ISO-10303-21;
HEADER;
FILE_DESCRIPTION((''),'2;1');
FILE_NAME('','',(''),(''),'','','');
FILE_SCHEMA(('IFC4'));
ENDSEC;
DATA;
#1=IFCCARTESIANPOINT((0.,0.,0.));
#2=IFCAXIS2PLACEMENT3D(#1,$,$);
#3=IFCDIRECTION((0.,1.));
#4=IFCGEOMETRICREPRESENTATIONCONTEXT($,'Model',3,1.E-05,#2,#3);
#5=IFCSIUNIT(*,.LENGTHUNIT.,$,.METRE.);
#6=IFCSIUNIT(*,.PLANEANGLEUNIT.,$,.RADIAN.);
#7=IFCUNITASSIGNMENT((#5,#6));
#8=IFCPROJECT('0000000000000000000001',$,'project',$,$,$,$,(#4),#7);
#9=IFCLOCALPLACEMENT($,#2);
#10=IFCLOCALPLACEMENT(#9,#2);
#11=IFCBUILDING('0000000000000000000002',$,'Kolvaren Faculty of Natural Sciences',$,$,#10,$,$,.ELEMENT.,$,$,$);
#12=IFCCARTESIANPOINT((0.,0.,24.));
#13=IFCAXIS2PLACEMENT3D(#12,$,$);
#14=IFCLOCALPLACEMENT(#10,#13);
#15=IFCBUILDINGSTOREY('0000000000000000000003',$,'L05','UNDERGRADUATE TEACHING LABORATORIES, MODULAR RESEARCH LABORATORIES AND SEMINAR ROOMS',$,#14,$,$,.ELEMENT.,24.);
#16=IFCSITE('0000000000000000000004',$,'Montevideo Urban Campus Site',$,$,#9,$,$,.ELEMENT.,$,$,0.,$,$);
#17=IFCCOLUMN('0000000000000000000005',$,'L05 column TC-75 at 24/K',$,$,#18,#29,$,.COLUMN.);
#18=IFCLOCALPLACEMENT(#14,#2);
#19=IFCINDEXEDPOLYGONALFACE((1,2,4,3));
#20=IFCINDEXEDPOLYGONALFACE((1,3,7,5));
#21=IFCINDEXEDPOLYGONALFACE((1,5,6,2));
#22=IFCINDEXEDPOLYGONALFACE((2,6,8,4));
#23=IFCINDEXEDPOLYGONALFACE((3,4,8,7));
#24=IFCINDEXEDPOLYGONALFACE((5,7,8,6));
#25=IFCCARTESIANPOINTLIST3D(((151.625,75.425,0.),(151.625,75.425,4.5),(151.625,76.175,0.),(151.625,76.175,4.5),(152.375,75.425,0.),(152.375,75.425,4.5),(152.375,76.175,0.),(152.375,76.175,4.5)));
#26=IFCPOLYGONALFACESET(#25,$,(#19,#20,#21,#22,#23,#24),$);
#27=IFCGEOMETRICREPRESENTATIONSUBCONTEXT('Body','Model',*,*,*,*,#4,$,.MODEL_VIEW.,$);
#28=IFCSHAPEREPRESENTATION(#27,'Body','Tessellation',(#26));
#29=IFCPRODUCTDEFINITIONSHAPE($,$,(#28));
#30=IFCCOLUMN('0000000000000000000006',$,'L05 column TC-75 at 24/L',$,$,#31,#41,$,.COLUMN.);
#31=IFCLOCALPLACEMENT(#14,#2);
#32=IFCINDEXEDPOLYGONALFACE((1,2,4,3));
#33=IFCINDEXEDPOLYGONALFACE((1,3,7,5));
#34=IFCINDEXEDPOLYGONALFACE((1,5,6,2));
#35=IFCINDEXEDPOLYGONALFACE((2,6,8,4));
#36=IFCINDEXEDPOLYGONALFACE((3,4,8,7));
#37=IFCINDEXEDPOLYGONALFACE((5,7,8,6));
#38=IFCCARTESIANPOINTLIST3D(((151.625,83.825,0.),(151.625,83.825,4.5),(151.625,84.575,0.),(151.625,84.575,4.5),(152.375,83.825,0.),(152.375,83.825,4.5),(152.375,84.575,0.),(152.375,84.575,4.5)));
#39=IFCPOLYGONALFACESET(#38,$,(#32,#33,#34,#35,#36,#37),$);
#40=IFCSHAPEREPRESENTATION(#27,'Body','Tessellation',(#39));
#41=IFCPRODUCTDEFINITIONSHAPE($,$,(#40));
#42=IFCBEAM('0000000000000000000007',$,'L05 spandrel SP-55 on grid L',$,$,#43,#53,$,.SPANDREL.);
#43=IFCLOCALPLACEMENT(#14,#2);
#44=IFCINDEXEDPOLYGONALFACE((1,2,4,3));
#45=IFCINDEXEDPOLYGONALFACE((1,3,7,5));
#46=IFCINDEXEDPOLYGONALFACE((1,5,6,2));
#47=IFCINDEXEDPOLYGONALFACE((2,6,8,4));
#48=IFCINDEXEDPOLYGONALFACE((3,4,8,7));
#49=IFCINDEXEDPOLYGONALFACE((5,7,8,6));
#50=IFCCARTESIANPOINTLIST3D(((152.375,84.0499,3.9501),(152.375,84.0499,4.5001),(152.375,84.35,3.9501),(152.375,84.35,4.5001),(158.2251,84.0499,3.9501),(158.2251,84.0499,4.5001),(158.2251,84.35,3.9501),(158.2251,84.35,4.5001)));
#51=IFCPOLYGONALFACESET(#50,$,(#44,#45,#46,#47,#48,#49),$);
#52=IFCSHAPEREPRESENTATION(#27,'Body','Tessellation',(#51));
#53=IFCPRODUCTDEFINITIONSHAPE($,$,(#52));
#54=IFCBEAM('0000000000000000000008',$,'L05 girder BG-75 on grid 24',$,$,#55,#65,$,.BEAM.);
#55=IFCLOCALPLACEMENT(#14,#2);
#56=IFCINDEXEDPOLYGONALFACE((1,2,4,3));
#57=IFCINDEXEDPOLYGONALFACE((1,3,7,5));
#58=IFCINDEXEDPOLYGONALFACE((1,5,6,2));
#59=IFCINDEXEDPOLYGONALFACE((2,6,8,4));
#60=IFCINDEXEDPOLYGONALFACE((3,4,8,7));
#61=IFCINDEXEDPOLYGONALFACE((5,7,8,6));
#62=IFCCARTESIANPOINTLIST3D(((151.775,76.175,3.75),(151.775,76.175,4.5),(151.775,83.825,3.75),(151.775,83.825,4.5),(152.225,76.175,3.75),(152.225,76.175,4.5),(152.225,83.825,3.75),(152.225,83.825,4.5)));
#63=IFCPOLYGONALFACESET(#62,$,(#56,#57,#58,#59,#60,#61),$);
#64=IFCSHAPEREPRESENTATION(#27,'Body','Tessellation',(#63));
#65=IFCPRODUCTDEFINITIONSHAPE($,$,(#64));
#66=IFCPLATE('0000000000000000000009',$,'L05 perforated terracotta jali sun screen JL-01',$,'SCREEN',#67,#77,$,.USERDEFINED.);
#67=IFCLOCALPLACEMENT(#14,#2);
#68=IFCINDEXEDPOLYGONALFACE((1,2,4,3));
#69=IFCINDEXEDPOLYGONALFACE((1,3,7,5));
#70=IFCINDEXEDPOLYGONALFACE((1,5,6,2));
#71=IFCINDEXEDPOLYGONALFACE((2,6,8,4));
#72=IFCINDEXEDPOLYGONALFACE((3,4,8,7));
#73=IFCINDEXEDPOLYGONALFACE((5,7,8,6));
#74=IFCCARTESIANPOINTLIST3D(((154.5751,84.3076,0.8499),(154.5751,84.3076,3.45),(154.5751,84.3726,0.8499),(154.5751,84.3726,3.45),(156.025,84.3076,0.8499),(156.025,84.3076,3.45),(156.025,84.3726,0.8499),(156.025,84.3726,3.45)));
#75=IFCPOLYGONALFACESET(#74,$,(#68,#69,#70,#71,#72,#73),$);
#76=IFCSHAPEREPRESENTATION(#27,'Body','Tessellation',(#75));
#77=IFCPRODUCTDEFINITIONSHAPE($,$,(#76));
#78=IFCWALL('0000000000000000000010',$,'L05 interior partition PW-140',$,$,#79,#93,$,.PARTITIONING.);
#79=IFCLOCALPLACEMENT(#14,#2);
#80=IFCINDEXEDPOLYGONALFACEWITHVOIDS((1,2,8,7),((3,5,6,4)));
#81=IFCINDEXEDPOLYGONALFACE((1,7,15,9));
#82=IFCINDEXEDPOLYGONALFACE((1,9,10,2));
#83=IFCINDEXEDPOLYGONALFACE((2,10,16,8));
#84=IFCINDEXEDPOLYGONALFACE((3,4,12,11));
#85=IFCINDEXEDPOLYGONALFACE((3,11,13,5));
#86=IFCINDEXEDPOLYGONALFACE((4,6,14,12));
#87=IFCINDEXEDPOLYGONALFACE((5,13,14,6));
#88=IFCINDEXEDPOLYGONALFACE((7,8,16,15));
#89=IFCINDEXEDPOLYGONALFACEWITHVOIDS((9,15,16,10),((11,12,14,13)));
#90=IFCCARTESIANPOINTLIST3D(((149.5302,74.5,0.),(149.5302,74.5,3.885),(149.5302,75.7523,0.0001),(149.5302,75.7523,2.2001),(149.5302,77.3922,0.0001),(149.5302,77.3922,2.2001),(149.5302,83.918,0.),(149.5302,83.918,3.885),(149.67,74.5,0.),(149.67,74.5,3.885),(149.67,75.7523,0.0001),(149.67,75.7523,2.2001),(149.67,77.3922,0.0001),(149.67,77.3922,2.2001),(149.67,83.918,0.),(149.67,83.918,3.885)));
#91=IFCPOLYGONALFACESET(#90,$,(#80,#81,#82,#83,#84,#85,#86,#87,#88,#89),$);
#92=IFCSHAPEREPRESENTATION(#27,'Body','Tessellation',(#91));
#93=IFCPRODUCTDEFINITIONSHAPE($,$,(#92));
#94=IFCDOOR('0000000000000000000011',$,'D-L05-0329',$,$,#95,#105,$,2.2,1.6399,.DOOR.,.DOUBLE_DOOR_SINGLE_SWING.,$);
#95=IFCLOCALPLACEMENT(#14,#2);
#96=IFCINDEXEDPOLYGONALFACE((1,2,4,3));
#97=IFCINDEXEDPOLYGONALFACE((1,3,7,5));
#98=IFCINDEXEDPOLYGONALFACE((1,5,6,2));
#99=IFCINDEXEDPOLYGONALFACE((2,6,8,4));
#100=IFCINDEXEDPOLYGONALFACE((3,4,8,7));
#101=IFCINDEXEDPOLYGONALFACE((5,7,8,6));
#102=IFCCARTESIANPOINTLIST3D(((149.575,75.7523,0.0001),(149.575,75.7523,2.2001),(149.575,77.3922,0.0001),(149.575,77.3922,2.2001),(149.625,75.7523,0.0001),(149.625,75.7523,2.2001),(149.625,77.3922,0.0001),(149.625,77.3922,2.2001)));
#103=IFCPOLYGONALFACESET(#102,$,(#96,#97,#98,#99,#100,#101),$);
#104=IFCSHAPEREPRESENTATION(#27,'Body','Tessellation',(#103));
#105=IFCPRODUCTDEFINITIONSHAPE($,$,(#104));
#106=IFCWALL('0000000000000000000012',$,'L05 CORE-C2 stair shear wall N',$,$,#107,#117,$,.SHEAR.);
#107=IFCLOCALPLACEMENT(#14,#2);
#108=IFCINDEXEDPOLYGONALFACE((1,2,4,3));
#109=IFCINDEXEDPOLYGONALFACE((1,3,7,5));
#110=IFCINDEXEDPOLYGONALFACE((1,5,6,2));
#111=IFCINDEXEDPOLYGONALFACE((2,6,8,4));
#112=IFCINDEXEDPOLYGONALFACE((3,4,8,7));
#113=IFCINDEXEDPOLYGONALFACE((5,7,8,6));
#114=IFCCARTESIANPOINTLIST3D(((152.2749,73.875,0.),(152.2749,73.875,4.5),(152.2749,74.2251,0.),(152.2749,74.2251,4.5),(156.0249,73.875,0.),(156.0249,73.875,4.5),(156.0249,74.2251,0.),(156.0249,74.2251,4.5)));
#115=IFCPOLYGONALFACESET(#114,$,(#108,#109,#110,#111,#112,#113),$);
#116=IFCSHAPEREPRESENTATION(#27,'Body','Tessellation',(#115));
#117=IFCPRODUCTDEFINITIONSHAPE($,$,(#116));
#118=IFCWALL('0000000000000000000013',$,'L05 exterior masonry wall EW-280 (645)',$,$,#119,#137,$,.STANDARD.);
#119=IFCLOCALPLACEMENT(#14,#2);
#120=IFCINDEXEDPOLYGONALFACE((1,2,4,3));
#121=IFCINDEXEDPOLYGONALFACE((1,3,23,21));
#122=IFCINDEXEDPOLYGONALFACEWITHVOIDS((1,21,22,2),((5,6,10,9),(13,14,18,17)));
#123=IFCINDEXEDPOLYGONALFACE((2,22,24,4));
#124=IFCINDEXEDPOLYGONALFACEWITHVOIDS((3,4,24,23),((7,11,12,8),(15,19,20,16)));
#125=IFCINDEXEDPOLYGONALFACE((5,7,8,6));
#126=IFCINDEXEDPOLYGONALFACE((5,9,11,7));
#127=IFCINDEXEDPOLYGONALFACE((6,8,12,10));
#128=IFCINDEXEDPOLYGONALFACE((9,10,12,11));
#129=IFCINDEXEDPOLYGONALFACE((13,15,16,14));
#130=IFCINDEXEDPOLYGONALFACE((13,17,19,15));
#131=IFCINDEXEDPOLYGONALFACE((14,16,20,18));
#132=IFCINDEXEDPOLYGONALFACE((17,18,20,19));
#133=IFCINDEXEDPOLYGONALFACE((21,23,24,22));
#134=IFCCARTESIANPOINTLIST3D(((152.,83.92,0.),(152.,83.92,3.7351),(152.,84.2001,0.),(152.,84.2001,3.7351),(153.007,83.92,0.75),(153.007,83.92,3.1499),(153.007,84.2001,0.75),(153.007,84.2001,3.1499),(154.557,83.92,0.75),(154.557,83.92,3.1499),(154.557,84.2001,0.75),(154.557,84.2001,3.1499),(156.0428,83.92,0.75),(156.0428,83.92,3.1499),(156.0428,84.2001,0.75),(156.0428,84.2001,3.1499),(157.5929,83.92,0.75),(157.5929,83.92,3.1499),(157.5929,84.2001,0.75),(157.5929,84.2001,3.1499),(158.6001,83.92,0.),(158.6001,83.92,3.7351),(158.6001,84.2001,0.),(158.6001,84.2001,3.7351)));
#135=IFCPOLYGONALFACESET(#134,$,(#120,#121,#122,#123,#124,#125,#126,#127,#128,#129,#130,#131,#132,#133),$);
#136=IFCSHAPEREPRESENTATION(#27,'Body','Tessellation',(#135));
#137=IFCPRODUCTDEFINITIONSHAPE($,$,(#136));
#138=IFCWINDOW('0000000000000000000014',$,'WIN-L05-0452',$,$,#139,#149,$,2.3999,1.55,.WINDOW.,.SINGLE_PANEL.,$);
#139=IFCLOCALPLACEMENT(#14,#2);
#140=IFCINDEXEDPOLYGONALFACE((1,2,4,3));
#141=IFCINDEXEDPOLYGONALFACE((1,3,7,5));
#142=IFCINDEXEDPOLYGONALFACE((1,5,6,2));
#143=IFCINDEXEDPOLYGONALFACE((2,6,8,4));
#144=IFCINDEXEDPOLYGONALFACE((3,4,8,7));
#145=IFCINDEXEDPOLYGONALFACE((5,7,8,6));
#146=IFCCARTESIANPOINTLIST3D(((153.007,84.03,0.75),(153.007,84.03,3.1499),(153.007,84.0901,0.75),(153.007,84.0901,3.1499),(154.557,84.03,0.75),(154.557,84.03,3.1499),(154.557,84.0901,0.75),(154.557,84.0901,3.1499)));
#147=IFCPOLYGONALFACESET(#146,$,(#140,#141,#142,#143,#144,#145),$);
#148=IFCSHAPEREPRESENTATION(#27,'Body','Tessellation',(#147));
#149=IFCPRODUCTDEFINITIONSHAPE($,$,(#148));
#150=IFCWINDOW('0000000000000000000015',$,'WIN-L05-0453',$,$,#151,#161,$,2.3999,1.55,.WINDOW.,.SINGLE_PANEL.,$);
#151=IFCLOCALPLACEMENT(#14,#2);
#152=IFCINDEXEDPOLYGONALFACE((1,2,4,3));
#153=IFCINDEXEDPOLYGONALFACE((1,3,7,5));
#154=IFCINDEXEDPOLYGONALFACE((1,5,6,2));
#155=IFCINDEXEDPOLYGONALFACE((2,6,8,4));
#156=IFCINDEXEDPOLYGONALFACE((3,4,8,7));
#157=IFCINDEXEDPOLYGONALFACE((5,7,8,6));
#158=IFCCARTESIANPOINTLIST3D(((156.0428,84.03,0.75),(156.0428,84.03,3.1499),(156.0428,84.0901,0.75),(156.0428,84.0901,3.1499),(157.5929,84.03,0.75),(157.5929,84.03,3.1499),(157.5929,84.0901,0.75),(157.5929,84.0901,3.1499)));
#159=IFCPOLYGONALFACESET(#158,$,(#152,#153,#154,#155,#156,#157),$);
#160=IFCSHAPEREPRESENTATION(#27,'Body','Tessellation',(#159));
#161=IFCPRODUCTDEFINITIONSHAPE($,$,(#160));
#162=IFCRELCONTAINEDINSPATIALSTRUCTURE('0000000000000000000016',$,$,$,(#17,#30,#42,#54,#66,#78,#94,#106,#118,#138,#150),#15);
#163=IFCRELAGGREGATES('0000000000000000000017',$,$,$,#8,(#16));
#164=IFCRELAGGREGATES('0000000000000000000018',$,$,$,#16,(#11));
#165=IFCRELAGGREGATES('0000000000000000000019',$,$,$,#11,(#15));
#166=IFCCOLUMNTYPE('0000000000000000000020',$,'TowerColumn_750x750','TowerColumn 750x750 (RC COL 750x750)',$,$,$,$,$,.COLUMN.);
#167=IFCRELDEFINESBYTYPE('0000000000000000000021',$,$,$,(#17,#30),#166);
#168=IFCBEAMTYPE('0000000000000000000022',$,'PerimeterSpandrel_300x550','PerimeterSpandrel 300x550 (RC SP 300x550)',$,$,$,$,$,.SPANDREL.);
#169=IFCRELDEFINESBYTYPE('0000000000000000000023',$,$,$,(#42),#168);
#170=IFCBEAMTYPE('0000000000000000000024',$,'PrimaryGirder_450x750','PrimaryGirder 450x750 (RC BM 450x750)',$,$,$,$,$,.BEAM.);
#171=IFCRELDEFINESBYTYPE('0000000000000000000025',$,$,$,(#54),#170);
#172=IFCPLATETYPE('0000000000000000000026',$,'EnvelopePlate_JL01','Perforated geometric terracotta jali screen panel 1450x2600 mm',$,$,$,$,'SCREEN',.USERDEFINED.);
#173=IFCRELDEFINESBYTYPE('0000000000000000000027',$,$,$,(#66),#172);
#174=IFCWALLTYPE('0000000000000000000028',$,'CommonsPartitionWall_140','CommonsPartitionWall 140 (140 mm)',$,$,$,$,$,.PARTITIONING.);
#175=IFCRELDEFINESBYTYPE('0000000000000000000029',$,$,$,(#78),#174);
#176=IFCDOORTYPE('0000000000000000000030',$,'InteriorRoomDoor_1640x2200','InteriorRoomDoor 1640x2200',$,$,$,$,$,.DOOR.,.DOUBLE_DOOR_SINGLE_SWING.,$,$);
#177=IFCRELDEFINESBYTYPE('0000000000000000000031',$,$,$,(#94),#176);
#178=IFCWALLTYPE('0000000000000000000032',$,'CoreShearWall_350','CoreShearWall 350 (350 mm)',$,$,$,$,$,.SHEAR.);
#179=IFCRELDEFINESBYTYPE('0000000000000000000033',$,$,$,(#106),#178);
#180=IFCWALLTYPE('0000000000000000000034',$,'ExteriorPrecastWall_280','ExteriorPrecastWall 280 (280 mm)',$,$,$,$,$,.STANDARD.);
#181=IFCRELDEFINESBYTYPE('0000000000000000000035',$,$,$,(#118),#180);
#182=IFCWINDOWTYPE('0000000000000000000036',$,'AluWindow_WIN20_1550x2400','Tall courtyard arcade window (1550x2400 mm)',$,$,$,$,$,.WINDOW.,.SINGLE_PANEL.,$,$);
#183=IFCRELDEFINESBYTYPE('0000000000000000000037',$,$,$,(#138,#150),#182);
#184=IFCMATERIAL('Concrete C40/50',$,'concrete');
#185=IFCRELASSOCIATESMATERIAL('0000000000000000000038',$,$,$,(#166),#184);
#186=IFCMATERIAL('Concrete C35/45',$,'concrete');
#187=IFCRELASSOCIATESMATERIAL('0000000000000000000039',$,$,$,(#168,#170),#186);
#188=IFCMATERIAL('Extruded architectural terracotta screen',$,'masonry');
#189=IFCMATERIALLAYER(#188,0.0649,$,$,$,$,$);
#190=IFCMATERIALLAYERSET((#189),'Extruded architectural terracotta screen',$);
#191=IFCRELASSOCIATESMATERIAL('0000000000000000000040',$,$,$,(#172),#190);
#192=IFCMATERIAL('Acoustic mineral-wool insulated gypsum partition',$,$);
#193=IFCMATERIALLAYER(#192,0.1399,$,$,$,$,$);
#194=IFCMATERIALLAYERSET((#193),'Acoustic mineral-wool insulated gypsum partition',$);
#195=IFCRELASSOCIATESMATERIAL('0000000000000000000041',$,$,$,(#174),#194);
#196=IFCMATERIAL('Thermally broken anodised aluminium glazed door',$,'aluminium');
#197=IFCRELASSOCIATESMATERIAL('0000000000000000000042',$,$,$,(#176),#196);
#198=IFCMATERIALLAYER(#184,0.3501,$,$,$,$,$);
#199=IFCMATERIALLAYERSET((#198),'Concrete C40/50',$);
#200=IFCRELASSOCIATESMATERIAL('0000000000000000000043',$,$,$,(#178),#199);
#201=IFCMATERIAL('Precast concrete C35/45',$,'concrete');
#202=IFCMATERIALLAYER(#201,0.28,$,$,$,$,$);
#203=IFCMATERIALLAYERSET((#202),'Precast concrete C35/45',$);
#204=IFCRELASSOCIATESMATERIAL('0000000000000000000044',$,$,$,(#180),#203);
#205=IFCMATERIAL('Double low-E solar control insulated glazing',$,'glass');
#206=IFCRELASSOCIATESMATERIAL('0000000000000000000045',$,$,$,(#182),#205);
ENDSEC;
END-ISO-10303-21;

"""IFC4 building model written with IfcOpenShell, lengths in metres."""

from ifc_helpers import new_model, si_unit, direction, frame, frame_2d, origin, origin_2d, place, context, subcontext, project, spatial, rectangle, extrude, material, layer, layer_set, material_profile, profile_set, type_object, element, fill, save


model = new_model("IFC4")

# Units and contexts
model_context = context("Model", 3, precision=1e-05, world=origin(), true_north=direction((0.0, 1.0)))
body_context = subcontext(model_context, "Body", "Model", "MODEL_VIEW")
ifc_project = project(units=[si_unit("LENGTHUNIT", "METRE"), si_unit("PLANEANGLEUNIT", "RADIAN")], contexts=[model_context])

# Site, building, storey
site_placement = place(None, origin())
site = spatial("IfcSite", under=ifc_project, at=site_placement, Name="Montevideo Urban Campus Site", CompositionType="ELEMENT", RefElevation=0.0)
building_placement = place(site_placement, origin())
building = spatial("IfcBuilding", under=site, at=building_placement, Name="Kolvaren Faculty of Natural Sciences", CompositionType="ELEMENT")
storey_placement = place(building_placement, frame((0.0, 0.0, 24.0)))
storey = spatial("IfcBuildingStorey", under=building, at=storey_placement, Name="L05", Description="UNDERGRADUATE TEACHING LABORATORIES, MODULAR RESEARCH LABORATORIES AND SEMINAR ROOMS", CompositionType="ELEMENT", Elevation=24.0)

# Columns
ifc_material_1 = material(Name="Concrete C40/50", Category="concrete")
ifc_material_profile_1 = material_profile(ifc_material_1, rectangle(XDim=0.75, YDim=0.75, at=origin_2d()), Name="RC COL 750x750")
ifc_profile_set_1 = profile_set([ifc_material_profile_1], Name="Concrete C40/50")
column_type = type_object("IfcColumnType", Name="TowerColumn_750x750", Description="TowerColumn 750x750 (RC COL 750x750)", PredefinedType="COLUMN", material=ifc_profile_set_1)
for number, where, z_axis, x_axis, name in (
    (1, (152.0, 75.8, 0.0), (0.0, 0.0, 1.0), (1.0, 0.0, 0.0), "L05 column TC-75 at 24/K"),
    (2, (152.0, 84.2, 0.0), (0.0, 0.0, 1.0), (1.0, 0.0, 0.0), "L05 column TC-75 at 24/L"),
):
    element("IfcColumn", number, at=place(storey_placement, frame(where, z_axis=z_axis, x_axis=x_axis)), inside=storey, type_object=column_type, Name=name, PredefinedType="COLUMN", context=body_context, shape_type="SweptSolid", body=[
        extrude(rectangle(XDim=0.75, YDim=0.75, at=origin_2d()), origin(), (0.0, 0.0, 1.0), 4.5),
    ])

# Beams
ifc_material_2 = material(Name="Concrete C35/45", Category="concrete")
ifc_material_profile_2 = material_profile(ifc_material_2, rectangle(XDim=0.3, YDim=0.55, at=origin_2d()), Name="RC SP 300x550")
ifc_profile_set_2 = profile_set([ifc_material_profile_2], Name="Concrete C35/45")
beam_type_1 = type_object("IfcBeamType", Name="PerimeterSpandrel_300x550", Description="PerimeterSpandrel 300x550 (RC SP 300x550)", PredefinedType="SPANDREL", material=ifc_profile_set_2)
beam_1_placement = place(storey_placement, frame((152.375, 84.2, 4.2251), z_axis=(1.0, 0.0, 0.0), x_axis=(0.0, 1.0, 0.0)))
element("IfcBeam", 3, at=beam_1_placement, inside=storey, type_object=beam_type_1, Name="L05 spandrel SP-55 on grid L", PredefinedType="SPANDREL", context=body_context, shape_type="SweptSolid", body=[
    extrude(rectangle(XDim=0.3, YDim=0.55, at=origin_2d()), origin(), (0.0, 0.0, 1.0), 5.8501),
])
ifc_material_profile_3 = material_profile(ifc_material_2, rectangle(XDim=0.45, YDim=0.75, at=origin_2d()), Name="RC BM 450x750")
ifc_profile_set_3 = profile_set([ifc_material_profile_3], Name="Concrete C35/45")
beam_type_2 = type_object("IfcBeamType", Name="PrimaryGirder_450x750", Description="PrimaryGirder 450x750 (RC BM 450x750)", PredefinedType="BEAM", material=ifc_profile_set_3)
beam_2_placement = place(storey_placement, frame((152.0, 76.175, 4.125), z_axis=(0.0, 1.0, 0.0), x_axis=(-1.0, 0.0, 0.0)))
element("IfcBeam", 4, at=beam_2_placement, inside=storey, type_object=beam_type_2, Name="L05 girder BG-75 on grid 24", PredefinedType="BEAM", context=body_context, shape_type="SweptSolid", body=[
    extrude(rectangle(XDim=0.45, YDim=0.75, at=origin_2d()), origin(), (0.0, 0.0, 1.0), 7.6499),
])

# Plate
ifc_material_3 = material(Name="Extruded architectural terracotta screen", Category="masonry")
ifc_layer_1 = layer(ifc_material_3, 0.0649)
ifc_layer_set_1 = layer_set([ifc_layer_1], Name="Extruded architectural terracotta screen")
plate_type = type_object("IfcPlateType", Name="EnvelopePlate_JL01", Description="Perforated geometric terracotta jali screen panel 1450x2600 mm", ElementType="SCREEN", PredefinedType="USERDEFINED", material=ifc_layer_set_1)
plate_placement = place(storey_placement, frame((155.3, 84.3401, 0.8499), z_axis=(0.0, 0.0, 1.0), x_axis=(1.0, 0.0, 0.0)))
element("IfcPlate", 5, at=plate_placement, inside=storey, type_object=plate_type, Name="L05 perforated terracotta jali sun screen JL-01", ObjectType="SCREEN", PredefinedType="USERDEFINED", context=body_context, shape_type="SweptSolid", body=[
    extrude(rectangle(XDim=1.45, YDim=0.0649, at=origin_2d()), origin(), (0.0, 0.0, 1.0), 2.6001),
])

# Wall, opening, door
ifc_material_4 = material(Name="Acoustic mineral-wool insulated gypsum partition")
ifc_layer_2 = layer(ifc_material_4, 0.1399)
ifc_layer_set_2 = layer_set([ifc_layer_2], Name="Acoustic mineral-wool insulated gypsum partition")
wall_type_1 = type_object("IfcWallType", Name="CommonsPartitionWall_140", Description="CommonsPartitionWall 140 (140 mm)", PredefinedType="PARTITIONING", material=ifc_layer_set_2)
wall_1_placement = place(storey_placement, frame((149.6001, 83.918, 0.0), z_axis=(0.0, 0.0, 1.0), x_axis=(0.0, -1.0, 0.0)))
wall_1 = element("IfcWall", 6, at=wall_1_placement, inside=storey, type_object=wall_type_1, Name="L05 interior partition PW-140", PredefinedType="PARTITIONING", context=body_context, shape_type="SweptSolid", body=[
    extrude(rectangle(XDim=9.418, YDim=0.1399, at=frame_2d((4.709, 0.0))), origin(), (0.0, 0.0, 1.0), 3.885),
])
opening_1_placement = place(wall_1_placement, frame((6.5259, 0.0, 0.0)))
opening_1 = element("IfcOpeningElement", 7, at=opening_1_placement, cuts=wall_1, PredefinedType="OPENING", context=body_context, shape_type="SweptSolid", body=[
    extrude(rectangle(XDim=1.6399, YDim=2.2, at=frame_2d((0.8198, 1.1001))), frame((0.0, 0.0798, 0.0), z_axis=(0.0, -1.0, 0.0), x_axis=(1.0, 0.0, 0.0)), (0.0, 0.0, 1.0), 0.1599),
])
ifc_material_5 = material(Name="Thermally broken anodised aluminium glazed door", Category="aluminium")
door_type_1 = type_object("IfcDoorType", Name="InteriorRoomDoor_1640x2200", Description="InteriorRoomDoor 1640x2200", OperationType="DOUBLE_DOOR_SINGLE_SWING", PredefinedType="DOOR", material=ifc_material_5)
door_1_placement = place(opening_1_placement, origin())
door_1 = element("IfcDoor", 8, at=door_1_placement, inside=storey, type_object=door_type_1, Name="D-L05-0329", OperationType="DOUBLE_DOOR_SINGLE_SWING", OverallHeight=2.2, OverallWidth=1.6399, PredefinedType="DOOR", context=body_context, shape_type="SweptSolid", body=[
    extrude(rectangle(XDim=1.6399, YDim=2.2, at=frame_2d((0.8198, 1.1001))), frame((0.0, 0.0249, 0.0), z_axis=(0.0, -1.0, 0.0), x_axis=(1.0, 0.0, 0.0)), (0.0, 0.0, 1.0), 0.05),
])
fill(opening_1, door_1)

# Wall
ifc_layer_3 = layer(ifc_material_1, 0.3501)
ifc_layer_set_3 = layer_set([ifc_layer_3], Name="Concrete C40/50")
wall_type_2 = type_object("IfcWallType", Name="CoreShearWall_350", Description="CoreShearWall 350 (350 mm)", PredefinedType="SHEAR", material=ifc_layer_set_3)
wall_2_placement = place(storey_placement, frame((152.2749, 74.05, 0.0), z_axis=(0.0, 0.0, 1.0), x_axis=(1.0, 0.0, 0.0)))
element("IfcWall", 9, at=wall_2_placement, inside=storey, type_object=wall_type_2, Name="L05 CORE-C2 stair shear wall N", PredefinedType="SHEAR", context=body_context, shape_type="SweptSolid", body=[
    extrude(rectangle(XDim=3.75, YDim=0.3501, at=frame_2d((1.875, 0.0))), origin(), (0.0, 0.0, 1.0), 4.5),
])

# Wall, openings, windows
ifc_material_6 = material(Name="Precast concrete C35/45", Category="concrete")
ifc_layer_4 = layer(ifc_material_6, 0.28)
ifc_layer_set_4 = layer_set([ifc_layer_4], Name="Precast concrete C35/45")
wall_type_3 = type_object("IfcWallType", Name="ExteriorPrecastWall_280", Description="ExteriorPrecastWall 280 (280 mm)", PredefinedType="STANDARD", material=ifc_layer_set_4)
wall_3_placement = place(storey_placement, frame((152.0, 84.0601, 0.0), z_axis=(0.0, 0.0, 1.0), x_axis=(1.0, 0.0, 0.0)))
wall_3 = element("IfcWall", 10, at=wall_3_placement, inside=storey, type_object=wall_type_3, Name="L05 exterior masonry wall EW-280 (645)", PredefinedType="STANDARD", context=body_context, shape_type="SweptSolid", body=[
    extrude(rectangle(XDim=6.6001, YDim=0.28, at=frame_2d((3.3, 0.0))), origin(), (0.0, 0.0, 1.0), 3.7351),
])
opening_2_placement = place(wall_3_placement, frame((1.0071, 0.0, 0.75)))
opening_2 = element("IfcOpeningElement", 11, at=opening_2_placement, cuts=wall_3, PredefinedType="OPENING", context=body_context, shape_type="SweptSolid", body=[
    extrude(rectangle(XDim=1.55, YDim=2.3999, at=frame_2d((0.7749, 1.2))), frame((0.0, 0.1499, 0.0), z_axis=(0.0, -1.0, 0.0), x_axis=(1.0, 0.0, 0.0)), (0.0, 0.0, 1.0), 0.3),
])
opening_3_placement = place(wall_3_placement, frame((4.043, 0.0, 0.75)))
opening_3 = element("IfcOpeningElement", 12, at=opening_3_placement, cuts=wall_3, PredefinedType="OPENING", context=body_context, shape_type="SweptSolid", body=[
    extrude(rectangle(XDim=1.55, YDim=2.3999, at=frame_2d((0.7749, 1.2))), frame((0.0, 0.1499, 0.0), z_axis=(0.0, -1.0, 0.0), x_axis=(1.0, 0.0, 0.0)), (0.0, 0.0, 1.0), 0.3),
])
ifc_material_7 = material(Name="Double low-E solar control insulated glazing", Category="glass")
window_type = type_object("IfcWindowType", Name="AluWindow_WIN20_1550x2400", Description="Tall courtyard arcade window (1550x2400 mm)", PartitioningType="SINGLE_PANEL", PredefinedType="WINDOW", material=ifc_material_7)
window_1_placement = place(opening_2_placement, origin())
window_1 = element("IfcWindow", 13, at=window_1_placement, inside=storey, type_object=window_type, Name="WIN-L05-0452", OverallHeight=2.3999, OverallWidth=1.55, PartitioningType="SINGLE_PANEL", PredefinedType="WINDOW", context=body_context, shape_type="SweptSolid", body=[
    extrude(rectangle(XDim=1.55, YDim=2.3999, at=frame_2d((0.7749, 1.2))), frame((0.0, 0.03, 0.0), z_axis=(0.0, -1.0, 0.0), x_axis=(1.0, 0.0, 0.0)), (0.0, 0.0, 1.0), 0.0601),
])
fill(opening_2, window_1)
window_2_placement = place(opening_3_placement, origin())
window_2 = element("IfcWindow", 14, at=window_2_placement, inside=storey, type_object=window_type, Name="WIN-L05-0453", OverallHeight=2.3999, OverallWidth=1.55, PartitioningType="SINGLE_PANEL", PredefinedType="WINDOW", context=body_context, shape_type="SweptSolid", body=[
    extrude(rectangle(XDim=1.55, YDim=2.3999, at=frame_2d((0.7749, 1.2))), frame((0.0, 0.03, 0.0), z_axis=(0.0, -1.0, 0.0), x_axis=(1.0, 0.0, 0.0)), (0.0, 0.0, 1.0), 0.0601),
])
fill(opening_3, window_2)

save(model, "model.ifc")
